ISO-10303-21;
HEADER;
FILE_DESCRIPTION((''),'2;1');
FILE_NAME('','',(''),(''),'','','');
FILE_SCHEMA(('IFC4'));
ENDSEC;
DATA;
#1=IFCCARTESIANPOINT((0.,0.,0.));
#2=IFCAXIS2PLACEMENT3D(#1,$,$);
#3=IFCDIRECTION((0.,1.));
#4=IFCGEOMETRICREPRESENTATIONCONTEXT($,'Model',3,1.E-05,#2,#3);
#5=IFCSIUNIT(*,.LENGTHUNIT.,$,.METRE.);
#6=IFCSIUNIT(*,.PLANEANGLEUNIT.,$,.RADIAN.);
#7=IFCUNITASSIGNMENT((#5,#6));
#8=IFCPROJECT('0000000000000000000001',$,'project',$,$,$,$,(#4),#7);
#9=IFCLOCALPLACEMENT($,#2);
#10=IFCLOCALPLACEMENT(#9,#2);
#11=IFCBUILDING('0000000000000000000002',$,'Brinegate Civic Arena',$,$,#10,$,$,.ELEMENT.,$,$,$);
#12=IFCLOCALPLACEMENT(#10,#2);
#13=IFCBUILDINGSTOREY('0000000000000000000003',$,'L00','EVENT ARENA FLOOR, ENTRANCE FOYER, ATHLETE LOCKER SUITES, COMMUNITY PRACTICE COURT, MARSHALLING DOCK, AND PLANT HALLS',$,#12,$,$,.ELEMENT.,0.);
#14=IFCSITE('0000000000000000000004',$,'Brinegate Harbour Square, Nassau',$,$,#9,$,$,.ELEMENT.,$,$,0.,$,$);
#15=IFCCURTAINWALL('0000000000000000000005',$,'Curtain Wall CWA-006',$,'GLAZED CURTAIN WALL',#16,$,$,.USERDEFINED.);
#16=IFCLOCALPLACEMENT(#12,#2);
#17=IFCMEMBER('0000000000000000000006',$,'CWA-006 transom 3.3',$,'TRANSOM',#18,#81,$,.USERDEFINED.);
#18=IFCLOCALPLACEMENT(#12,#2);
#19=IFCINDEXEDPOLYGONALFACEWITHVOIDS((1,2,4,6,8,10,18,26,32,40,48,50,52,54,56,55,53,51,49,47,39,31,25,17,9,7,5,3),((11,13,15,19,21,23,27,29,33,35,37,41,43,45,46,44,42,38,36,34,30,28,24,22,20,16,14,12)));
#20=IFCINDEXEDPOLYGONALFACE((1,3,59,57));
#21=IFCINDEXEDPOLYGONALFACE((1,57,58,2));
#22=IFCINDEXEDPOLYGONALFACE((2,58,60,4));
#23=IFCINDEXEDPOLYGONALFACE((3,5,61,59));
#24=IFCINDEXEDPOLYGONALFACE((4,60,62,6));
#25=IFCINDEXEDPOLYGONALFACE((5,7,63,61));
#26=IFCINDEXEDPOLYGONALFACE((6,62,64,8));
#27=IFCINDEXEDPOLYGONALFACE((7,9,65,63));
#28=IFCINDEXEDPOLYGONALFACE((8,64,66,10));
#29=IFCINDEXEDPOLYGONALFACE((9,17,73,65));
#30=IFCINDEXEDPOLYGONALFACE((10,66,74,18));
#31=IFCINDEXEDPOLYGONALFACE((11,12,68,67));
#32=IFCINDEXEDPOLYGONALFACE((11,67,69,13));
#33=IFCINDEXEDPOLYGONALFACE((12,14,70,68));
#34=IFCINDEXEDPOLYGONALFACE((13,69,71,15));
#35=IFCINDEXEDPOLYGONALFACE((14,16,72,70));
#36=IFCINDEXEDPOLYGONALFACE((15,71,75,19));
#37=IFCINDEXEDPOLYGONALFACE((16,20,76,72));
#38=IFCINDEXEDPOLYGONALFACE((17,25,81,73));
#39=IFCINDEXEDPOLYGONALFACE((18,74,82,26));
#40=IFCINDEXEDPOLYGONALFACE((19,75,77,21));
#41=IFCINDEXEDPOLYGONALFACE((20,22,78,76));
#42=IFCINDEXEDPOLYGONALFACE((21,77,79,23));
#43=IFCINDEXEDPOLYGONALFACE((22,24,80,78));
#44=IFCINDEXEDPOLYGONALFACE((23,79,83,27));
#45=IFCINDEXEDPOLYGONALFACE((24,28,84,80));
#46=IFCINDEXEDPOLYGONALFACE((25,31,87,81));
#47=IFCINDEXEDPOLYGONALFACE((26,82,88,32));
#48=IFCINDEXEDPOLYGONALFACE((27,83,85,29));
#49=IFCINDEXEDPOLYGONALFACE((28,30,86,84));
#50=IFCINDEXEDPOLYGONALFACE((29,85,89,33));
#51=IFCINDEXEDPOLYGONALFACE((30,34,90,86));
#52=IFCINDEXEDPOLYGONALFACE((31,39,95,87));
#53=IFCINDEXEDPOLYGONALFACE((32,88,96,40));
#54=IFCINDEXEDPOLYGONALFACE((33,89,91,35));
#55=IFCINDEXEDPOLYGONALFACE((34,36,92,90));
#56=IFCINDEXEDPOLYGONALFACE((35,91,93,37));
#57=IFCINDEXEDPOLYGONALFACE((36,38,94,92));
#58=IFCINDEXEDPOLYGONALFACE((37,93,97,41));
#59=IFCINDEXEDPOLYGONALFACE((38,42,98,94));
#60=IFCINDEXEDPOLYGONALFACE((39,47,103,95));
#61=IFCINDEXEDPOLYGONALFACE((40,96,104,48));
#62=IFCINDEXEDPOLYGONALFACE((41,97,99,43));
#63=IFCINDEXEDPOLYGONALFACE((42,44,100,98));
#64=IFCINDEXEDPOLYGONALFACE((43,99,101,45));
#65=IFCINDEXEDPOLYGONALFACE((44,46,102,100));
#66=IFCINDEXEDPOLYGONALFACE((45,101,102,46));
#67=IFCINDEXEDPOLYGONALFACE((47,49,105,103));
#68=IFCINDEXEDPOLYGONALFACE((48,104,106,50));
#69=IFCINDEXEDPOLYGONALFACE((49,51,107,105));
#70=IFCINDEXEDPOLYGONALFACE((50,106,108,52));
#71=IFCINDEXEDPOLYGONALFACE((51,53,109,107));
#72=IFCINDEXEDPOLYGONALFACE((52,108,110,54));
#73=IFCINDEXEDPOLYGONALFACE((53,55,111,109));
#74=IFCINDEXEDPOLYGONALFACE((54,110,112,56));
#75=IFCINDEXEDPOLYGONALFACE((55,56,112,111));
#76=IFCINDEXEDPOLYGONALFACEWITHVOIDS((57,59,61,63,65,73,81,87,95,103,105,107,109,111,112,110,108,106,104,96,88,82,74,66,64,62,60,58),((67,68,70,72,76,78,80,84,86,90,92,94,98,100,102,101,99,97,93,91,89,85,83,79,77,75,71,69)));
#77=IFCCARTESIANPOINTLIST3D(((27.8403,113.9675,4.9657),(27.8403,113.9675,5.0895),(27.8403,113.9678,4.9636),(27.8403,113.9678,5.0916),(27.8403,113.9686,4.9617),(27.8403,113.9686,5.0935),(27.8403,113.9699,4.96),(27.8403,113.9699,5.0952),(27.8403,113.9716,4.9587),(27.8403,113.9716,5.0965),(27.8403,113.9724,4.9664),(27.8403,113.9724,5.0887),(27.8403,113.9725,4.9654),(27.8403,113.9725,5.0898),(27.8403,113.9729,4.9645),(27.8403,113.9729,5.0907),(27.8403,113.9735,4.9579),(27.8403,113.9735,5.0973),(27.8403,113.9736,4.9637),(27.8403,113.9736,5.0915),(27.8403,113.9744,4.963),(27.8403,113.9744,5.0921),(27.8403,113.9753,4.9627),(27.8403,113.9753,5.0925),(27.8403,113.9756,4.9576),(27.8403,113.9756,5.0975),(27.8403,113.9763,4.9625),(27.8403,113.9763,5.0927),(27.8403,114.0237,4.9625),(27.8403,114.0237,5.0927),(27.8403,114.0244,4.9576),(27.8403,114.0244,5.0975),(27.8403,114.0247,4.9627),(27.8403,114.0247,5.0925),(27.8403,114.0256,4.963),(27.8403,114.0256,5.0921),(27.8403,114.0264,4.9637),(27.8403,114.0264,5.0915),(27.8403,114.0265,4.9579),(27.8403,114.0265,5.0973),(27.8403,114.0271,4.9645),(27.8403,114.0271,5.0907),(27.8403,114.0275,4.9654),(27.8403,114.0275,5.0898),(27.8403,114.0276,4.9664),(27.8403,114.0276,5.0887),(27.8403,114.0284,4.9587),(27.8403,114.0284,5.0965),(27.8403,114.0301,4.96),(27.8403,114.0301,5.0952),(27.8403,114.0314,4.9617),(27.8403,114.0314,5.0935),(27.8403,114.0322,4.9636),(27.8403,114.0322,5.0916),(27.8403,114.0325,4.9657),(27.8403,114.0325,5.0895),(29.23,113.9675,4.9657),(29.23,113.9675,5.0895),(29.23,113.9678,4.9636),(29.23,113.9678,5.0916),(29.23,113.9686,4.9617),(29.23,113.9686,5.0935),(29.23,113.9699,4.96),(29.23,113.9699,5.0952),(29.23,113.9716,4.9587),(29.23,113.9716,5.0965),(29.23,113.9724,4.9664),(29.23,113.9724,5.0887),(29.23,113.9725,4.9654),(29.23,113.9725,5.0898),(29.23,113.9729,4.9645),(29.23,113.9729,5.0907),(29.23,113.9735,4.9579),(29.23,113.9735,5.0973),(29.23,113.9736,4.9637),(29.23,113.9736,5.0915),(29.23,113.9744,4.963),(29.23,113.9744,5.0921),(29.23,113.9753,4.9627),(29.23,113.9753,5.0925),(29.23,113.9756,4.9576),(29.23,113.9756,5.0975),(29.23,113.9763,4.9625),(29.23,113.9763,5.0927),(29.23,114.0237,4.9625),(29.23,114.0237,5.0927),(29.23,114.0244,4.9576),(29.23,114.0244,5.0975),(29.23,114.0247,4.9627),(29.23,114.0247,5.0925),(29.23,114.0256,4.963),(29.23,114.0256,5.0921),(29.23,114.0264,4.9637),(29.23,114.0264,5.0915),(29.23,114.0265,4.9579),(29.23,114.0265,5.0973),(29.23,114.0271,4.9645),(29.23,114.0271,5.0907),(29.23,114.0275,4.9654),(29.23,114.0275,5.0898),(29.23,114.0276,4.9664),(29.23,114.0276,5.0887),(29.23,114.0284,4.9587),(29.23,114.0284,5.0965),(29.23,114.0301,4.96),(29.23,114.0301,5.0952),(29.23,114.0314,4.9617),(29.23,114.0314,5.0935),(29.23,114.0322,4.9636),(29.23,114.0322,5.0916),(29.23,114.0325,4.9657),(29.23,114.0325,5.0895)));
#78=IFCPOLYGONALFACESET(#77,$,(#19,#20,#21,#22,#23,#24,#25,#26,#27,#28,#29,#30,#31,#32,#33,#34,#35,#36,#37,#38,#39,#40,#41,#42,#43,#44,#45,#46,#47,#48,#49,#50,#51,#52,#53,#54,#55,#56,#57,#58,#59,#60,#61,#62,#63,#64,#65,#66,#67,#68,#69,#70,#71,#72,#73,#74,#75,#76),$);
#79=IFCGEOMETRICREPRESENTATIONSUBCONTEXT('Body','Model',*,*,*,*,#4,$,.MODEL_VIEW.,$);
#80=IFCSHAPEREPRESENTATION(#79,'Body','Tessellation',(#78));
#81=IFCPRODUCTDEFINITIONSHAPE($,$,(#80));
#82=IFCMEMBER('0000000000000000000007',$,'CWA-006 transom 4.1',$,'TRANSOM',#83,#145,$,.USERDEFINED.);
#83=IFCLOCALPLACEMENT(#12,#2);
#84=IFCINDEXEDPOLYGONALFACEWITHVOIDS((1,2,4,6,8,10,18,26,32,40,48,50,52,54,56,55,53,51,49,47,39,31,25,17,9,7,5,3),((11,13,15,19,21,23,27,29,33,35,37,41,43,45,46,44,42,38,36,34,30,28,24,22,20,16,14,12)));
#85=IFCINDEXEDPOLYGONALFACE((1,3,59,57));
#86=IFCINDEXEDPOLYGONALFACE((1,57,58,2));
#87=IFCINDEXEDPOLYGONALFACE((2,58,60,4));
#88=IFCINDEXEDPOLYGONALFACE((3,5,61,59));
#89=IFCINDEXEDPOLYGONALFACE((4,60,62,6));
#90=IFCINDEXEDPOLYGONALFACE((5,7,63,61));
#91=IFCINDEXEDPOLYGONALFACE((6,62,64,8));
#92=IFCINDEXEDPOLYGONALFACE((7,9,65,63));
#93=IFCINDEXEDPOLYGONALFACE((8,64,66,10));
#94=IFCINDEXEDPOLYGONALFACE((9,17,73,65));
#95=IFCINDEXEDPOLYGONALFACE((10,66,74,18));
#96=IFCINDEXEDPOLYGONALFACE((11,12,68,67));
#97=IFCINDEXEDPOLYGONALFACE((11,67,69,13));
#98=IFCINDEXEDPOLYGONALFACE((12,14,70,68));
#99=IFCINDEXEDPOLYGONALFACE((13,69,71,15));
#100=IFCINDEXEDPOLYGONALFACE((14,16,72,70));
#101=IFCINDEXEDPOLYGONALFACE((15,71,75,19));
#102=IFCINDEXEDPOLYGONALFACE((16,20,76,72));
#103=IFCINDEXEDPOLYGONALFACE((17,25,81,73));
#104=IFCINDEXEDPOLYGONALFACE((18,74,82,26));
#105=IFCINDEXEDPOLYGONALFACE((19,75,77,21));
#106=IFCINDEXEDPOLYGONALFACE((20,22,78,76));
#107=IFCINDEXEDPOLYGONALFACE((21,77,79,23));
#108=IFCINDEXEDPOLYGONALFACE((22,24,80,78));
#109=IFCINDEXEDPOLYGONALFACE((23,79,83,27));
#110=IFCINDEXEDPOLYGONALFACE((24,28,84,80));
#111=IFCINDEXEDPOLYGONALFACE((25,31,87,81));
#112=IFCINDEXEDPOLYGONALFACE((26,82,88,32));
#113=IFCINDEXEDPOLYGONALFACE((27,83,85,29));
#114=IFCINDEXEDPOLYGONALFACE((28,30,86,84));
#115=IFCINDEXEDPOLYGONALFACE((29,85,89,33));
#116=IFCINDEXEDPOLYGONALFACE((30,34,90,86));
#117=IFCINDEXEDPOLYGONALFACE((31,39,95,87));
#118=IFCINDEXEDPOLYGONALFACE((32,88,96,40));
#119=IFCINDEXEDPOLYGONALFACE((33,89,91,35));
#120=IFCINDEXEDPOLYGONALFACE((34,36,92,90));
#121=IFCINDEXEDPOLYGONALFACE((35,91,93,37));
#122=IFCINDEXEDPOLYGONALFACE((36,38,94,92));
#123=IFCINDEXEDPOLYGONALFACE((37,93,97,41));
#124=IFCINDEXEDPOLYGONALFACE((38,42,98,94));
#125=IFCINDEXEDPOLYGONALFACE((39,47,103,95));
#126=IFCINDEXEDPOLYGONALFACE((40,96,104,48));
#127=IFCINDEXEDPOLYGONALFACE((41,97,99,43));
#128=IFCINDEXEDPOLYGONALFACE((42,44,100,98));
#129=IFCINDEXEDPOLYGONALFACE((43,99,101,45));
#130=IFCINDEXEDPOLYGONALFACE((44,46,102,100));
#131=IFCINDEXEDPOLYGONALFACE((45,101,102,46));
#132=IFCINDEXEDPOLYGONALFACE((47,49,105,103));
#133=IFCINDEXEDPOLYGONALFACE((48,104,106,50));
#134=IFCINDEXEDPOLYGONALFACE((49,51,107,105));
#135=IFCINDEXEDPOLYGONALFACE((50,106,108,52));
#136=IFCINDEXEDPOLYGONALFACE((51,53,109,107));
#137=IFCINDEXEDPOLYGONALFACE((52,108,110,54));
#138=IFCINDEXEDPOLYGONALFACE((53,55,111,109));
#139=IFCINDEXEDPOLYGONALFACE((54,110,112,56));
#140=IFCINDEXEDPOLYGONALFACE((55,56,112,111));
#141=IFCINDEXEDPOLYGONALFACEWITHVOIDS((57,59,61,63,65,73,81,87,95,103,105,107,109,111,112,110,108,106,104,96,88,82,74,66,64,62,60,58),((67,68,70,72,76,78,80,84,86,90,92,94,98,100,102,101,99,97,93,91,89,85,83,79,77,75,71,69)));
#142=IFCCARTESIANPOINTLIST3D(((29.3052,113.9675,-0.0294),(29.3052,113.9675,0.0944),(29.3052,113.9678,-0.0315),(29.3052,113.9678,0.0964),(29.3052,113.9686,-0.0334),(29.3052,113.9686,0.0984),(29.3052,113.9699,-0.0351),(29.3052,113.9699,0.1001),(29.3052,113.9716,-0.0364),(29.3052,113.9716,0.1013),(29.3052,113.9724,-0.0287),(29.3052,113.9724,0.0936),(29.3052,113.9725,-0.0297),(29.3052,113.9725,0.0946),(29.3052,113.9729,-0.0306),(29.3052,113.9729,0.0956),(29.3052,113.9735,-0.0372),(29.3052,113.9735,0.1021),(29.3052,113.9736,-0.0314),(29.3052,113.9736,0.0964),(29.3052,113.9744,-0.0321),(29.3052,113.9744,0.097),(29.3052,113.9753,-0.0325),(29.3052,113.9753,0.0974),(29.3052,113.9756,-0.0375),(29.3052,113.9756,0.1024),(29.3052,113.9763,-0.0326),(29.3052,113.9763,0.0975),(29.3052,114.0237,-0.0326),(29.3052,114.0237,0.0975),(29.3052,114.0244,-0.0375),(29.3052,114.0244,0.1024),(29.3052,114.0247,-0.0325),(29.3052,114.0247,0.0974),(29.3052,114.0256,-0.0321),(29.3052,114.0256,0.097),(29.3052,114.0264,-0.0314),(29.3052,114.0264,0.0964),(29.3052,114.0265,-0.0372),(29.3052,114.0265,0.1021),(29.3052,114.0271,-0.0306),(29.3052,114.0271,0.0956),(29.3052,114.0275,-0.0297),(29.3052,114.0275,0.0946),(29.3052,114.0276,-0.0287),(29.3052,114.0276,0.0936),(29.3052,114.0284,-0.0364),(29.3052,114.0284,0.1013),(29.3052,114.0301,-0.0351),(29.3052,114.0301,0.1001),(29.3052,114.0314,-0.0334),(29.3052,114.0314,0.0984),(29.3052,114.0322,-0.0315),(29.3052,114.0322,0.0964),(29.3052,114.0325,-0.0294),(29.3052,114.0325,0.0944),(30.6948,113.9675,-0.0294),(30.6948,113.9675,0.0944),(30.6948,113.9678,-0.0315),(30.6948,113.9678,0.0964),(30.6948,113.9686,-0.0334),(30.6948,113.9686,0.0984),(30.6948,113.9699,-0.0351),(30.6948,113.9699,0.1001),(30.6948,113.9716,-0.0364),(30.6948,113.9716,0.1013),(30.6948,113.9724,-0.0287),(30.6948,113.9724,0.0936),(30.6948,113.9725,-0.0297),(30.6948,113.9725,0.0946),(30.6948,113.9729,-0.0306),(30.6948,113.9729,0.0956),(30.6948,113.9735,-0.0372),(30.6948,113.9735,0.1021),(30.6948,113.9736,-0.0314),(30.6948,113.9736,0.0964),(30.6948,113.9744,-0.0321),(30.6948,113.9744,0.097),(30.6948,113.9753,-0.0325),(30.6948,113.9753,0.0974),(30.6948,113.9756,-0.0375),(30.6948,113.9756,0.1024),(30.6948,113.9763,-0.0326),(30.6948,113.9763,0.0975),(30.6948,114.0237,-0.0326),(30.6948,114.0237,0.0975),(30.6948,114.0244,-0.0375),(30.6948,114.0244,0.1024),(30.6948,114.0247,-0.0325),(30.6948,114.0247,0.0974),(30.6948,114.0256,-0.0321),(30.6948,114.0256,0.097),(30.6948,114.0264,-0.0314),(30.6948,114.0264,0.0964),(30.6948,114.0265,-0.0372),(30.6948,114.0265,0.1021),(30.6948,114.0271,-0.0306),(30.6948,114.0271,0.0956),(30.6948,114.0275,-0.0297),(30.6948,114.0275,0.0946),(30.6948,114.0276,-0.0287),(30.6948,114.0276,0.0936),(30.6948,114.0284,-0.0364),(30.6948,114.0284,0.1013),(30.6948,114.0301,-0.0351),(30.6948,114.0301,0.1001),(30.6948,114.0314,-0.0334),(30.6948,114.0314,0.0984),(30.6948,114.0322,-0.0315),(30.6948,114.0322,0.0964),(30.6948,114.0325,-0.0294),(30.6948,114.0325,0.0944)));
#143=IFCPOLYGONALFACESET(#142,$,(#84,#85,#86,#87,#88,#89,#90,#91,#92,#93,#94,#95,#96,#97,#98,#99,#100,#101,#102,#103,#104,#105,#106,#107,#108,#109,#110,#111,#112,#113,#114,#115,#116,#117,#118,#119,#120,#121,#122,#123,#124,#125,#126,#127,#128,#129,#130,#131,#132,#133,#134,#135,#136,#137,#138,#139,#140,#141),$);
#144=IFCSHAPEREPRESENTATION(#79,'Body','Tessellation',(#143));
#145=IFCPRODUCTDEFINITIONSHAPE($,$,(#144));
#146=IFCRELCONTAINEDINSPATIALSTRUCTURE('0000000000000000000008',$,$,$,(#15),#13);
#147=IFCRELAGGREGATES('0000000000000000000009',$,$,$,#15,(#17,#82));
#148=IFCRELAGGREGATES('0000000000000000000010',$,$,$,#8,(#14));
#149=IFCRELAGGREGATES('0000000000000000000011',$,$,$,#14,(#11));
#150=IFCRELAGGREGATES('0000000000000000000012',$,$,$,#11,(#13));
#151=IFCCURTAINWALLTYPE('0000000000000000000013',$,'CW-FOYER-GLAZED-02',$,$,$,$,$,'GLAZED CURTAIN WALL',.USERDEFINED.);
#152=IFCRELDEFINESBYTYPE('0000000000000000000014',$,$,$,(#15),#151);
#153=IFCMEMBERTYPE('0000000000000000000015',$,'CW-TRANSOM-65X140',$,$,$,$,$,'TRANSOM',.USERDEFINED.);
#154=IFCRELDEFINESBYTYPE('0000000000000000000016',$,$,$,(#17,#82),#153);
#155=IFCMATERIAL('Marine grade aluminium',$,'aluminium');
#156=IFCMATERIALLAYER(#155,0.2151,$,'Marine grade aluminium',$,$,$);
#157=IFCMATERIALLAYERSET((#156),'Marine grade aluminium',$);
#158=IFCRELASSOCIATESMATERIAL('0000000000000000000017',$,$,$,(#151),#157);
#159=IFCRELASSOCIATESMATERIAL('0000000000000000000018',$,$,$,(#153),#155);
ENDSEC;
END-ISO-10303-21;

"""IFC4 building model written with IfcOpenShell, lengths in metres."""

from ifc_helpers import new_model, si_unit, direction, frame, origin, origin_2d, place, context, subcontext, project, spatial, hollow_rectangle, extrude, material, layer, layer_set, material_profile, profile_set, type_object, element, aggregate, save


model = new_model("IFC4")

# Units and contexts
model_context = context("Model", 3, precision=1e-05, world=origin(), true_north=direction((0.0, 1.0)))
body_context = subcontext(model_context, "Body", "Model", "MODEL_VIEW")
ifc_project = project(units=[si_unit("LENGTHUNIT", "METRE"), si_unit("PLANEANGLEUNIT", "RADIAN")], contexts=[model_context])

# Site, building, storey
site_placement = place(None, origin())
site = spatial("IfcSite", under=ifc_project, at=site_placement, Name="Brinegate Harbour Square, Nassau", CompositionType="ELEMENT", RefElevation=0.0)
building_placement = place(site_placement, origin())
building = spatial("IfcBuilding", under=site, at=building_placement, Name="Brinegate Civic Arena", CompositionType="ELEMENT")
storey_placement = place(building_placement, origin())
storey = spatial("IfcBuildingStorey", under=building, at=storey_placement, Name="L00", Description="EVENT ARENA FLOOR, ENTRANCE FOYER, ATHLETE LOCKER SUITES, COMMUNITY PRACTICE COURT, MARSHALLING DOCK, AND PLANT HALLS", CompositionType="ELEMENT", Elevation=0.0)

# Curtain wall, members
ifc_material_1 = material(Name="Marine grade aluminium", Category="aluminium")
ifc_layer_1 = layer(ifc_material_1, 0.2151, Name="Marine grade aluminium")
ifc_layer_set_1 = layer_set([ifc_layer_1], Name="Marine grade aluminium")
curtain_wall_type = type_object("IfcCurtainWallType", Name="CW-FOYER-GLAZED-02", ElementType="GLAZED CURTAIN WALL", PredefinedType="USERDEFINED", material=ifc_layer_set_1)
curtain_wall_placement = place(storey_placement, origin())
curtain_wall = element("IfcCurtainWall", 1, at=curtain_wall_placement, inside=storey, type_object=curtain_wall_type, Name="Curtain Wall CWA-006", ObjectType="GLAZED CURTAIN WALL", PredefinedType="USERDEFINED")
ifc_material_profile_1 = material_profile(ifc_material_1, hollow_rectangle(XDim=0.0649, YDim=0.1399, WallThickness=0.0049, InnerFilletRadius=0.0039, OuterFilletRadius=0.0081, at=origin_2d()), Name="TRN65X140")
ifc_profile_set_1 = profile_set([ifc_material_profile_1], Name="Marine grade aluminium")
member_type_1 = type_object("IfcMemberType", Name="CW-TRANSOM-65X140", ElementType="TRANSOM", PredefinedType="USERDEFINED", material=ifc_profile_set_1)
member_1_placement = place(storey_placement, frame((27.8403, 114.0, 5.0276), z_axis=(1.0, 0.0, 0.0), x_axis=(0.0, 1.0, 0.0)))
member_1 = element("IfcMember", 2, at=member_1_placement, type_object=member_type_1, Name="CWA-006 transom 3.3", ObjectType="TRANSOM", PredefinedType="USERDEFINED", context=body_context, shape_type="SweptSolid", body=[
    extrude(hollow_rectangle(XDim=0.0649, YDim=0.1399, WallThickness=0.0049, InnerFilletRadius=0.0039, OuterFilletRadius=0.0081, at=origin_2d()), origin(), (0.0, 0.0, 1.0), 1.3896),
])
member_2_placement = place(storey_placement, frame((29.3052, 114.0, 0.0325), z_axis=(1.0, 0.0, 0.0), x_axis=(0.0, 1.0, 0.0)))
member_2 = element("IfcMember", 3, at=member_2_placement, type_object=member_type_1, Name="CWA-006 transom 4.1", ObjectType="TRANSOM", PredefinedType="USERDEFINED", context=body_context, shape_type="SweptSolid", body=[
    extrude(hollow_rectangle(XDim=0.0649, YDim=0.1399, WallThickness=0.0049, InnerFilletRadius=0.0039, OuterFilletRadius=0.0081, at=origin_2d()), origin(), (0.0, 0.0, 1.0), 1.3896),
])
aggregate(curtain_wall, [member_1, member_2])

save(model, "model.ifc")
